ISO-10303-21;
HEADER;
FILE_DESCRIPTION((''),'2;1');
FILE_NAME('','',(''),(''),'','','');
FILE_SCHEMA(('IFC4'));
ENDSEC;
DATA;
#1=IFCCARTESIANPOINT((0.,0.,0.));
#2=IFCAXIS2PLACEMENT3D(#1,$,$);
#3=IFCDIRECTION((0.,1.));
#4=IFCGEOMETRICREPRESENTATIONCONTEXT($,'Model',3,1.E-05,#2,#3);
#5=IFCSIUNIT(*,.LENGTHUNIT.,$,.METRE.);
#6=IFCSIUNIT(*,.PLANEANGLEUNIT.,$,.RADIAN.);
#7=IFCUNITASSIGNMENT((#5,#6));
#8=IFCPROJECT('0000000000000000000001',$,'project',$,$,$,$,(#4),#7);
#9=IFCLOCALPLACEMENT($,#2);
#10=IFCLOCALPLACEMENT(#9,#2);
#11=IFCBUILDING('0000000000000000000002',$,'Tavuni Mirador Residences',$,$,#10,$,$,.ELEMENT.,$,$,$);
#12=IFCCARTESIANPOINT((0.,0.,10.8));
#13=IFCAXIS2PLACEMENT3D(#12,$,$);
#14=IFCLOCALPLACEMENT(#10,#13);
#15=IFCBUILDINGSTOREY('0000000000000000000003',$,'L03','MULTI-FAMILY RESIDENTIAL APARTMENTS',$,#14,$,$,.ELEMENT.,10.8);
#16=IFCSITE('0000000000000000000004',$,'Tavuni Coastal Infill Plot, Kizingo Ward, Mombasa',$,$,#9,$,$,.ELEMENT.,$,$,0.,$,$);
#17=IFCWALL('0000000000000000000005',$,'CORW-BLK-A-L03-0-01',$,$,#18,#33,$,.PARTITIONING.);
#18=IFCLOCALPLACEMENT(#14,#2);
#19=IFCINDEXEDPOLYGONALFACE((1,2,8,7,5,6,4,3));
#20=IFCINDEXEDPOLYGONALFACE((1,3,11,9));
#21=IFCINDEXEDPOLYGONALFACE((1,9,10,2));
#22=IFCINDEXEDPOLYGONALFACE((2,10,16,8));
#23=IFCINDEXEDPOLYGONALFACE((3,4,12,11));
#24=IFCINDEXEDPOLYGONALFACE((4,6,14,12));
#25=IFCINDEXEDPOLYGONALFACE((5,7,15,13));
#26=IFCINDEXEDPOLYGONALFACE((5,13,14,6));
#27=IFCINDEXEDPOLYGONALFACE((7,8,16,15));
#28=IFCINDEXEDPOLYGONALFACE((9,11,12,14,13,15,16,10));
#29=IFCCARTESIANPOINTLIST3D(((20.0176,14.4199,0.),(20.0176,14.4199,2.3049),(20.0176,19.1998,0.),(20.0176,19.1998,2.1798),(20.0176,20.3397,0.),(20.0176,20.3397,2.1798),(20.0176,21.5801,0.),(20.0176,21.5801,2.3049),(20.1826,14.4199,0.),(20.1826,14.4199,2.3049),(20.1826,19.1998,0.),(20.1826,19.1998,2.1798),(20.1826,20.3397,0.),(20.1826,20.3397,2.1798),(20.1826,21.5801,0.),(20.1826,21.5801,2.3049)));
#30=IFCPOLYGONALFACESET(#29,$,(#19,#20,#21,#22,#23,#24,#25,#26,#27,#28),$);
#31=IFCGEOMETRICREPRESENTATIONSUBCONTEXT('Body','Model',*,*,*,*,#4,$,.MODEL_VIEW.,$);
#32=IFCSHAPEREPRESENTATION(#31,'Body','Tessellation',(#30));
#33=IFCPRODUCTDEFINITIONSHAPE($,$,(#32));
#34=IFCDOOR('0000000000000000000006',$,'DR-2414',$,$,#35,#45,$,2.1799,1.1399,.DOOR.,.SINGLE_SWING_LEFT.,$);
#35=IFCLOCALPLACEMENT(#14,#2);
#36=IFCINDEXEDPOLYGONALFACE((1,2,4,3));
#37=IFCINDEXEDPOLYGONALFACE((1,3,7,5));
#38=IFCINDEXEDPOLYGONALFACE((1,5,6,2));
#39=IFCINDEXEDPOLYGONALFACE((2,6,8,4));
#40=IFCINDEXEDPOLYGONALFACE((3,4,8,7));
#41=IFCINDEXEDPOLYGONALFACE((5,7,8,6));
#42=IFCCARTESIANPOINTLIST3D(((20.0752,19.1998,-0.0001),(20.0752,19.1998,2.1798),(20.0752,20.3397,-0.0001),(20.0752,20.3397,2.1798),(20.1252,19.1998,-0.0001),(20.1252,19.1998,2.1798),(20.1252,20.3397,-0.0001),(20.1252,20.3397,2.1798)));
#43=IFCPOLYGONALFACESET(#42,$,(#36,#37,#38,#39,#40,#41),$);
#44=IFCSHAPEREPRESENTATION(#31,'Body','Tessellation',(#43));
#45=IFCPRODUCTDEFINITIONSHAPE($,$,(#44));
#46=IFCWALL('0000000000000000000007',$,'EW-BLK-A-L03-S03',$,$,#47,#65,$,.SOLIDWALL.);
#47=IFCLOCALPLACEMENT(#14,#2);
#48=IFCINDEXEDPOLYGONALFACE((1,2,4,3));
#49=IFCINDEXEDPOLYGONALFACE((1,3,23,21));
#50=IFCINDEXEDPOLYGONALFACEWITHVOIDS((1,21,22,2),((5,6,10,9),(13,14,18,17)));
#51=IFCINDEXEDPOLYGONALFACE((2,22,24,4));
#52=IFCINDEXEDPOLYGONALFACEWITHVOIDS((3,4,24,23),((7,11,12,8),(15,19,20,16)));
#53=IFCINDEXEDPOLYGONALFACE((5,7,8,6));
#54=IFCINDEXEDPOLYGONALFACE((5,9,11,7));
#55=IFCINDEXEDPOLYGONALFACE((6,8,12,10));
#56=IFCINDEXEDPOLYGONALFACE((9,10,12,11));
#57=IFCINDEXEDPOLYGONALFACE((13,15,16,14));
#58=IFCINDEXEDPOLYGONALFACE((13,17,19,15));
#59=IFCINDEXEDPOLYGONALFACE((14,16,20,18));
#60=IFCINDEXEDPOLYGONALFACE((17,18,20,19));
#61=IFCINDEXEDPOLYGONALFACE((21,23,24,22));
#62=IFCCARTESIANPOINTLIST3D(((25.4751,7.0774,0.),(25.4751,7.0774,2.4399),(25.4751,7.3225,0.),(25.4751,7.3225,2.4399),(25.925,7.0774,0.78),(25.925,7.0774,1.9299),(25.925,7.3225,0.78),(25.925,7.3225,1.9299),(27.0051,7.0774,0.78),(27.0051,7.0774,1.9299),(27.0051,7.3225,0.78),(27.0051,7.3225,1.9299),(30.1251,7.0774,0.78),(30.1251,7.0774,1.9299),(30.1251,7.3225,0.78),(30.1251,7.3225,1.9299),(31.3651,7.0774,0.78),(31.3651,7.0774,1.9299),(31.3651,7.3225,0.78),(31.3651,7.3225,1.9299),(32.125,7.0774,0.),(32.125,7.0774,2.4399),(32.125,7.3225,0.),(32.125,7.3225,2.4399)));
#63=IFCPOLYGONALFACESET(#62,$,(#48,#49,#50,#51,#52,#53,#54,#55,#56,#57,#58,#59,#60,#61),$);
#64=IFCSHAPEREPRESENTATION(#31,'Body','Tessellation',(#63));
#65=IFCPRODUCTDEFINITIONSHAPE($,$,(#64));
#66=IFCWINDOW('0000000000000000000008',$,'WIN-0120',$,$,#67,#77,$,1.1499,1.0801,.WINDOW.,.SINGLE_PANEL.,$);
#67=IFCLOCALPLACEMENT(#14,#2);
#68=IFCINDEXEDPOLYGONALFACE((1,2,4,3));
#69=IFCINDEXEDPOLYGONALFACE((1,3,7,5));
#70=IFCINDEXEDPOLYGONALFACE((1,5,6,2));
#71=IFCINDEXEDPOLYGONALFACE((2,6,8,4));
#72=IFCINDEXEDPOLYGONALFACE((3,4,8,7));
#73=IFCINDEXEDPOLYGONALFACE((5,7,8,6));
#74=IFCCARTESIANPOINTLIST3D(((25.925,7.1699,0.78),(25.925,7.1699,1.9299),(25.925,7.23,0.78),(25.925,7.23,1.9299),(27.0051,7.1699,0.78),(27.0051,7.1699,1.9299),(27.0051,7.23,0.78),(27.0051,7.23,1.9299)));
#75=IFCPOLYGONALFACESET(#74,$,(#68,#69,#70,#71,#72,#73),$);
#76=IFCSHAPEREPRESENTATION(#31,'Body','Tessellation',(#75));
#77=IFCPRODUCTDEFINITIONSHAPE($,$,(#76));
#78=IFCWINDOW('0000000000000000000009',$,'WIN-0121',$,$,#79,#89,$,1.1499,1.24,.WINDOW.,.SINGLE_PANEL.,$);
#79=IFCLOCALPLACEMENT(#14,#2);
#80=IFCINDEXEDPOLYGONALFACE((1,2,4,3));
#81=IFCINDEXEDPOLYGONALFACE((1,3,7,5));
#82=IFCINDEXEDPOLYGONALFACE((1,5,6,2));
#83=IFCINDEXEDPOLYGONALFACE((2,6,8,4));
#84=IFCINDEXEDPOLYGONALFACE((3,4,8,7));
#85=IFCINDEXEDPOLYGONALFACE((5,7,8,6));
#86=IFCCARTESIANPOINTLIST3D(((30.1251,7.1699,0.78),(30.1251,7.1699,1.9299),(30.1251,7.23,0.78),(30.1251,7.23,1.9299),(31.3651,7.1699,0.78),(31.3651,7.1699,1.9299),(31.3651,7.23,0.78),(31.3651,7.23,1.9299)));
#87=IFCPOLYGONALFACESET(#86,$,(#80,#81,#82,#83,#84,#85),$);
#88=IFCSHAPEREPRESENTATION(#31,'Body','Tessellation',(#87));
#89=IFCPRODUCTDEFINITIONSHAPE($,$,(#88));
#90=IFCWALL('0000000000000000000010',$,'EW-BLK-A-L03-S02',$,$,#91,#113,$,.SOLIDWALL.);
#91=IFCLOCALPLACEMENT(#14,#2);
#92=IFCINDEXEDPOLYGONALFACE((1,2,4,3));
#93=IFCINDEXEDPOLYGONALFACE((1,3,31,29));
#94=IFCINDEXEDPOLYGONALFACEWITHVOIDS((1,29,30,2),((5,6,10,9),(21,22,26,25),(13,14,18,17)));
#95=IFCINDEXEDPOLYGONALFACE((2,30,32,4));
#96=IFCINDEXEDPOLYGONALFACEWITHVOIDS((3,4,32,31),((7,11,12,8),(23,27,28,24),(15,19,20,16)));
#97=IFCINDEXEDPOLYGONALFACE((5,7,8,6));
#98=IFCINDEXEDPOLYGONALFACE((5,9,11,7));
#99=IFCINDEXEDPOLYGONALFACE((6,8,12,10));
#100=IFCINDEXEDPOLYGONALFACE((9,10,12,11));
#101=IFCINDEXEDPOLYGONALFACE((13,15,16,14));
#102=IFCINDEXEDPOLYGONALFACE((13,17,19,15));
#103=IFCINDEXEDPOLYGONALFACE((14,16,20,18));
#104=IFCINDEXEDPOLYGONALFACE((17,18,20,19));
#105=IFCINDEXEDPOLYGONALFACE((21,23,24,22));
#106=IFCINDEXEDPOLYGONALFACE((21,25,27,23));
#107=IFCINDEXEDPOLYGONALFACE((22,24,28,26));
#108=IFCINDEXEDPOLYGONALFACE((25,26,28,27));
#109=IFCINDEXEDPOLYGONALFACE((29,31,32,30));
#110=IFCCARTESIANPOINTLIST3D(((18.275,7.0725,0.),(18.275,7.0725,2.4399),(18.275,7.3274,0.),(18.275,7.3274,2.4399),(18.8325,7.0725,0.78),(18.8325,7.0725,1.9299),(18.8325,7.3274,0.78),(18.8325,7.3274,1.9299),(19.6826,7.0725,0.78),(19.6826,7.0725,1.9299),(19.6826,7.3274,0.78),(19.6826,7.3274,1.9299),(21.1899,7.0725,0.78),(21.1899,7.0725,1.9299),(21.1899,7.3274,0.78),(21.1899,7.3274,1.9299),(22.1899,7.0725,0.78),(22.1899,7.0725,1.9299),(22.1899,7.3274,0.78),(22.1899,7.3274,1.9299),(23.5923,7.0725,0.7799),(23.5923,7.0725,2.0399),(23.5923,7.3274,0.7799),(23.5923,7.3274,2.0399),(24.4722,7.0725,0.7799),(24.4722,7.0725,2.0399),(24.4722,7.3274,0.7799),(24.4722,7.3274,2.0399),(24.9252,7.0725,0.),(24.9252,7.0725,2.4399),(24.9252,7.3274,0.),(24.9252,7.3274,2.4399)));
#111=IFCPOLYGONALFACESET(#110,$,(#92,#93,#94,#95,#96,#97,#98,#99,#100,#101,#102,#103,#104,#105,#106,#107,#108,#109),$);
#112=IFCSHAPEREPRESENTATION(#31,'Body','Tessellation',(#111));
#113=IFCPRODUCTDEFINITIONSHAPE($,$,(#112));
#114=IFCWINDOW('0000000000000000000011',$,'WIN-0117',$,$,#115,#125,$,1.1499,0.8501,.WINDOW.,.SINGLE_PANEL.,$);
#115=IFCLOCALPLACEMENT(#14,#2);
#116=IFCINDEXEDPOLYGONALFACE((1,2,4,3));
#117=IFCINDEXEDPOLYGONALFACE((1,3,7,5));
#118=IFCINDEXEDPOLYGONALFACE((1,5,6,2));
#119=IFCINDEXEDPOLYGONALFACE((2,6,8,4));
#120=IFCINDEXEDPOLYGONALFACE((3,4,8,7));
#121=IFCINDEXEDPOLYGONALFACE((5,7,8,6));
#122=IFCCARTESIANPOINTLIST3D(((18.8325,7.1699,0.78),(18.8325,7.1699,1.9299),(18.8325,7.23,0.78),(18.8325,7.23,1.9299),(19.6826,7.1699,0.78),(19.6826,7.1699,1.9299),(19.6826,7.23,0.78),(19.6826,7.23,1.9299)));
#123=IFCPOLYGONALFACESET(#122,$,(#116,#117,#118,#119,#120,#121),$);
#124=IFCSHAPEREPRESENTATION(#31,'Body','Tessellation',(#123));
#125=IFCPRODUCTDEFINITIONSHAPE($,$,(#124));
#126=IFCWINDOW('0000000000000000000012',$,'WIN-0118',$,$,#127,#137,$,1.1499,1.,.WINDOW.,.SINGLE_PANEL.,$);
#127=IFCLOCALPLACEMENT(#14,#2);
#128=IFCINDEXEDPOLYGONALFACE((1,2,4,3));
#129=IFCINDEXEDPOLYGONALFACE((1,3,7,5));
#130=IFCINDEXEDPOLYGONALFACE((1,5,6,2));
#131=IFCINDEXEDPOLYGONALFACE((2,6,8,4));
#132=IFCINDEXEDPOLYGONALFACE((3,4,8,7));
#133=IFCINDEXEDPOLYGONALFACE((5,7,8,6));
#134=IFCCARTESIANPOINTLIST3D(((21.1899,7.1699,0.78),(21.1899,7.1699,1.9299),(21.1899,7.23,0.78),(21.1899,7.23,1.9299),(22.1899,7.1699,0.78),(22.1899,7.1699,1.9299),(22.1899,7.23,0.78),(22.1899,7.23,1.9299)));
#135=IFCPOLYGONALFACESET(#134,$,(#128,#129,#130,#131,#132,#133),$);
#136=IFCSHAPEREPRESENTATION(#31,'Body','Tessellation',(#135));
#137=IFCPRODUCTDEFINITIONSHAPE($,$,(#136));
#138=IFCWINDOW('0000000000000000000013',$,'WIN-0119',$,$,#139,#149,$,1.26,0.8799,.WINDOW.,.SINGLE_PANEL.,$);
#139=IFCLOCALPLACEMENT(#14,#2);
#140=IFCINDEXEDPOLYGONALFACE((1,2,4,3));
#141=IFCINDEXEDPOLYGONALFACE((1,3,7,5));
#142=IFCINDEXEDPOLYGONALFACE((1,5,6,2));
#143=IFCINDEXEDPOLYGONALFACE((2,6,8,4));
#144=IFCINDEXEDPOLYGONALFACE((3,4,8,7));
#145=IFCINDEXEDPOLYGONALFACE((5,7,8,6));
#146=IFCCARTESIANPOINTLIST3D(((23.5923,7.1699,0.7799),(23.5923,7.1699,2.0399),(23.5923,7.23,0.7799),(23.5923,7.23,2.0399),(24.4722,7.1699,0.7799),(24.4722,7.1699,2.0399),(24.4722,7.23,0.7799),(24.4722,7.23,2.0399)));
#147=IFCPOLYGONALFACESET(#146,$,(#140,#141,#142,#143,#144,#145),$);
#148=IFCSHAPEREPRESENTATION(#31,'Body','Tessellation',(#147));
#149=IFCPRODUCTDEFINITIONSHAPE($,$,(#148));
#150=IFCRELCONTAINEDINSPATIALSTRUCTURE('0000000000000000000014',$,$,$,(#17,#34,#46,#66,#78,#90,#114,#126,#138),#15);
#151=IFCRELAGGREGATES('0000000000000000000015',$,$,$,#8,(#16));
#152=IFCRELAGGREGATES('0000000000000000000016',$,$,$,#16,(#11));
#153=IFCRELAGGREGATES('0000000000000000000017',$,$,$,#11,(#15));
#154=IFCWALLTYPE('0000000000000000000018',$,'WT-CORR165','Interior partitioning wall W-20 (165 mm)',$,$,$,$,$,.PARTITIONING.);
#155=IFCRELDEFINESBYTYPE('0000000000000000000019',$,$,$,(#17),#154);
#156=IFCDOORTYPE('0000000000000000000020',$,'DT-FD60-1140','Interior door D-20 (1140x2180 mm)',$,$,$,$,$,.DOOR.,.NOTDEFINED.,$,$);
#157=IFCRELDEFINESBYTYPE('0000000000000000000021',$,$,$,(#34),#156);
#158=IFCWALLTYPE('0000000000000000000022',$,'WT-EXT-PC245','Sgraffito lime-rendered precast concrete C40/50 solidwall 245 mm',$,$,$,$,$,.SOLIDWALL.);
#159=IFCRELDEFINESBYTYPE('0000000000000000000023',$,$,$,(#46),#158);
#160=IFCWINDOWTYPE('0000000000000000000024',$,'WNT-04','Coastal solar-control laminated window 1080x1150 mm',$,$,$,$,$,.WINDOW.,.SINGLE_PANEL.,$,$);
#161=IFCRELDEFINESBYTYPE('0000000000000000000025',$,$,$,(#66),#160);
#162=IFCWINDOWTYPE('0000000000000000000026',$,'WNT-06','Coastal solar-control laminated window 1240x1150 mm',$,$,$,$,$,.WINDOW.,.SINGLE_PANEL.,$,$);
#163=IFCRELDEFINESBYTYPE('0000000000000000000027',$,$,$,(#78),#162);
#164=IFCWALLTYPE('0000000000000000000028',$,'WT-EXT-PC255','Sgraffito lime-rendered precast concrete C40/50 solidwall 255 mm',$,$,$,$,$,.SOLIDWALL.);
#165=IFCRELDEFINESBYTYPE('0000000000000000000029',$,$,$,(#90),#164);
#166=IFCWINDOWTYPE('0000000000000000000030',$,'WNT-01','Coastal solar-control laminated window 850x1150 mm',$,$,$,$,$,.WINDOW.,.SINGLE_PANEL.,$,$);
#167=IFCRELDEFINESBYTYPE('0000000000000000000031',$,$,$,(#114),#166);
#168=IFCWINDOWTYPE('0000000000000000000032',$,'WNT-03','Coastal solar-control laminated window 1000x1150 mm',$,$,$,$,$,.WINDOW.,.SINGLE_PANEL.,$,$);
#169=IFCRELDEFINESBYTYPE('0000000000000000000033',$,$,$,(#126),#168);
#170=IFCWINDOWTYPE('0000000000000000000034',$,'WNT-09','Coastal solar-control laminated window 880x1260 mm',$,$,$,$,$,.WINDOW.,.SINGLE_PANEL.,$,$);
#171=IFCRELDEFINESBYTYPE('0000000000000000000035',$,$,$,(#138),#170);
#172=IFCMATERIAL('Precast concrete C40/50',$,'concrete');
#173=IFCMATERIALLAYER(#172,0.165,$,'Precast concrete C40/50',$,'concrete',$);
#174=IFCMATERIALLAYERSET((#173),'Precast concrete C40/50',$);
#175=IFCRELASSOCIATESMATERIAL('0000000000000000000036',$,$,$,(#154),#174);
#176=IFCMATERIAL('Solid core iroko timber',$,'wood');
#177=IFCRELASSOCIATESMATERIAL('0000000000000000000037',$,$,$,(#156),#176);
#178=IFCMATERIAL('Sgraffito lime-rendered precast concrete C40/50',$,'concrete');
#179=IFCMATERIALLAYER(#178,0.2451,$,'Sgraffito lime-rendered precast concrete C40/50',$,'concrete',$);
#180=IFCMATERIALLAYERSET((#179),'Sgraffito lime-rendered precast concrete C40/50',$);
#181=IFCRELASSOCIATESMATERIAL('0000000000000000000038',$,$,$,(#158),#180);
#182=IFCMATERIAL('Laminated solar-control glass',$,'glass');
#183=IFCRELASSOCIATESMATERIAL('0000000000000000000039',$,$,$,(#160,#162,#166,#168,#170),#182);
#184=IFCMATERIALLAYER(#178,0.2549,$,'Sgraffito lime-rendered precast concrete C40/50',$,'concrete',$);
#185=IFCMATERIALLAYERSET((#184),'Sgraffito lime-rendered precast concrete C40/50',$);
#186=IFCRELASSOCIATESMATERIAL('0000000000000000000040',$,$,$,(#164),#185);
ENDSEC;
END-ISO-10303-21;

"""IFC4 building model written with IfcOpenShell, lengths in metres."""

from ifc_helpers import new_model, si_unit, direction, frame, frame_2d, origin, place, context, subcontext, project, spatial, rectangle, extrude, material, layer, layer_set, type_object, element, fill, save


model = new_model("IFC4")

# Units and contexts
model_context = context("Model", 3, precision=1e-05, world=origin(), true_north=direction((0.0, 1.0)))
body_context = subcontext(model_context, "Body", "Model", "MODEL_VIEW")
ifc_project = project(units=[si_unit("LENGTHUNIT", "METRE"), si_unit("PLANEANGLEUNIT", "RADIAN")], contexts=[model_context])

# Site, building, storey
site_placement = place(None, origin())
site = spatial("IfcSite", under=ifc_project, at=site_placement, Name="Tavuni Coastal Infill Plot, Kizingo Ward, Mombasa", CompositionType="ELEMENT", RefElevation=0.0)
building_placement = place(site_placement, origin())
building = spatial("IfcBuilding", under=site, at=building_placement, Name="Tavuni Mirador Residences", CompositionType="ELEMENT")
storey_placement = place(building_placement, frame((0.0, 0.0, 10.8)))
storey = spatial("IfcBuildingStorey", under=building, at=storey_placement, Name="L03", Description="MULTI-FAMILY RESIDENTIAL APARTMENTS", CompositionType="ELEMENT", Elevation=10.8)

# Shared definitions
ifc_material_1 = material(Name="Precast concrete C40/50", Category="concrete")

# Wall, opening, door
ifc_layer_1 = layer(ifc_material_1, 0.165, Name="Precast concrete C40/50", Category="concrete")
ifc_layer_set_1 = layer_set([ifc_layer_1], Name="Precast concrete C40/50")
wall_type_1 = type_object("IfcWallType", Name="WT-CORR165", Description="Interior partitioning wall W-20 (165 mm)", PredefinedType="PARTITIONING", material=ifc_layer_set_1)
ifc_material_2 = material(Name="Solid core iroko timber", Category="wood")
wall_1_placement = place(storey_placement, frame((20.1001, 14.4199, 0.0), z_axis=(0.0, 0.0, 1.0), x_axis=(0.0, 1.0, 0.0)))
wall_1 = element("IfcWall", 1, at=wall_1_placement, inside=storey, type_object=wall_type_1, Name="CORW-BLK-A-L03-0-01", PredefinedType="PARTITIONING", context=body_context, shape_type="SweptSolid", body=[
    extrude(rectangle(XDim=7.1602, YDim=0.165, at=frame_2d((3.5801, 0.0))), origin(), (0.0, 0.0, 1.0), 2.3049),
])
opening_1_placement = place(wall_1_placement, frame((4.78, 0.0, 0.0)))
opening_1 = element("IfcOpeningElement", 2, at=opening_1_placement, cuts=wall_1, PredefinedType="OPENING", context=body_context, shape_type="SweptSolid", body=[
    extrude(rectangle(XDim=1.1399, YDim=2.1799, at=frame_2d((0.5698, 1.0898))), frame((0.0, 0.0925, 0.0), z_axis=(0.0, -1.0, 0.0), x_axis=(1.0, 0.0, 0.0)), (0.0, 0.0, 1.0), 0.1851),
])
door_type_1 = type_object("IfcDoorType", Name="DT-FD60-1140", Description="Interior door D-20 (1140x2180 mm)", OperationType="NOTDEFINED", PredefinedType="DOOR", material=ifc_material_2)
door_1_placement = place(opening_1_placement, origin())
door_1 = element("IfcDoor", 3, at=door_1_placement, inside=storey, type_object=door_type_1, Name="DR-2414", OperationType="SINGLE_SWING_LEFT", OverallHeight=2.1799, OverallWidth=1.1399, PredefinedType="DOOR", context=body_context, shape_type="SweptSolid", body=[
    extrude(rectangle(XDim=1.1399, YDim=2.1799, at=frame_2d((0.5698, 1.0898))), frame((0.0, 0.0249, 0.0), z_axis=(0.0, -1.0, 0.0), x_axis=(1.0, 0.0, 0.0)), (0.0, 0.0, 1.0), 0.05),
])
fill(opening_1, door_1)

# Walls, openings, windows
ifc_material_3 = material(Name="Sgraffito lime-rendered precast concrete C40/50", Category="concrete")
ifc_layer_2 = layer(ifc_material_3, 0.2451, Name="Sgraffito lime-rendered precast concrete C40/50", Category="concrete")
ifc_layer_set_2 = layer_set([ifc_layer_2], Name="Sgraffito lime-rendered precast concrete C40/50")
wall_type_2 = type_object("IfcWallType", Name="WT-EXT-PC245", Description="Sgraffito lime-rendered precast concrete C40/50 solidwall 245 mm", PredefinedType="SOLIDWALL", material=ifc_layer_set_2)
wall_2_placement = place(storey_placement, frame((25.4751, 7.2, 0.0), z_axis=(0.0, 0.0, 1.0), x_axis=(1.0, 0.0, 0.0)))
wall_2 = element("IfcWall", 4, at=wall_2_placement, inside=storey, type_object=wall_type_2, Name="EW-BLK-A-L03-S03", PredefinedType="SOLIDWALL", context=body_context, shape_type="SweptSolid", body=[
    extrude(rectangle(XDim=6.6499, YDim=0.2451, at=frame_2d((3.325, 0.0))), origin(), (0.0, 0.0, 1.0), 2.4399),
])
opening_2_placement = place(wall_2_placement, frame((0.45, 0.0, 0.78)))
opening_2 = element("IfcOpeningElement", 5, at=opening_2_placement, cuts=wall_2, PredefinedType="OPENING", context=body_context, shape_type="SweptSolid", body=[
    extrude(rectangle(XDim=1.0801, YDim=1.1499, at=frame_2d((0.54, 0.575))), frame((0.0, 0.1326, 0.0), z_axis=(0.0, -1.0, 0.0), x_axis=(1.0, 0.0, 0.0)), (0.0, 0.0, 1.0), 0.2651),
])
opening_3_placement = place(wall_2_placement, frame((4.6499, 0.0, 0.78)))
opening_3 = element("IfcOpeningElement", 6, at=opening_3_placement, cuts=wall_2, PredefinedType="OPENING", context=body_context, shape_type="SweptSolid", body=[
    extrude(rectangle(XDim=1.24, YDim=1.1499, at=frame_2d((0.6201, 0.575))), frame((0.0, 0.1326, 0.0), z_axis=(0.0, -1.0, 0.0), x_axis=(1.0, 0.0, 0.0)), (0.0, 0.0, 1.0), 0.2651),
])
ifc_material_4 = material(Name="Laminated solar-control glass", Category="glass")
window_type_1 = type_object("IfcWindowType", Name="WNT-04", Description="Coastal solar-control laminated window 1080x1150 mm", PartitioningType="SINGLE_PANEL", PredefinedType="WINDOW", material=ifc_material_4)
window_1_placement = place(opening_2_placement, origin())
window_1 = element("IfcWindow", 7, at=window_1_placement, inside=storey, type_object=window_type_1, Name="WIN-0120", OverallHeight=1.1499, OverallWidth=1.0801, PartitioningType="SINGLE_PANEL", PredefinedType="WINDOW", context=body_context, shape_type="SweptSolid", body=[
    extrude(rectangle(XDim=1.0801, YDim=1.1499, at=frame_2d((0.54, 0.575))), frame((0.0, 0.03, 0.0), z_axis=(0.0, -1.0, 0.0), x_axis=(1.0, 0.0, 0.0)), (0.0, 0.0, 1.0), 0.0601),
])
fill(opening_2, window_1)
window_type_2 = type_object("IfcWindowType", Name="WNT-06", Description="Coastal solar-control laminated window 1240x1150 mm", PartitioningType="SINGLE_PANEL", PredefinedType="WINDOW", material=ifc_material_4)
window_2_placement = place(opening_3_placement, origin())
window_2 = element("IfcWindow", 8, at=window_2_placement, inside=storey, type_object=window_type_2, Name="WIN-0121", OverallHeight=1.1499, OverallWidth=1.24, PartitioningType="SINGLE_PANEL", PredefinedType="WINDOW", context=body_context, shape_type="SweptSolid", body=[
    extrude(rectangle(XDim=1.24, YDim=1.1499, at=frame_2d((0.6201, 0.575))), frame((0.0, 0.03, 0.0), z_axis=(0.0, -1.0, 0.0), x_axis=(1.0, 0.0, 0.0)), (0.0, 0.0, 1.0), 0.0601),
])
fill(opening_3, window_2)
ifc_layer_3 = layer(ifc_material_3, 0.2549, Name="Sgraffito lime-rendered precast concrete C40/50", Category="concrete")
ifc_layer_set_3 = layer_set([ifc_layer_3], Name="Sgraffito lime-rendered precast concrete C40/50")
wall_type_3 = type_object("IfcWallType", Name="WT-EXT-PC255", Description="Sgraffito lime-rendered precast concrete C40/50 solidwall 255 mm", PredefinedType="SOLIDWALL", material=ifc_layer_set_3)
wall_3_placement = place(storey_placement, frame((18.2749, 7.2, 0.0), z_axis=(0.0, 0.0, 1.0), x_axis=(1.0, 0.0, 0.0)))
wall_3 = element("IfcWall", 9, at=wall_3_placement, inside=storey, type_object=wall_type_3, Name="EW-BLK-A-L03-S02", PredefinedType="SOLIDWALL", context=body_context, shape_type="SweptSolid", body=[
    extrude(rectangle(XDim=6.6501, YDim=0.2549, at=frame_2d((3.3252, 0.0))), origin(), (0.0, 0.0, 1.0), 2.4399),
])
opening_4_placement = place(wall_3_placement, frame((0.5576, 0.0, 0.78)))
opening_4 = element("IfcOpeningElement", 10, at=opening_4_placement, cuts=wall_3, PredefinedType="OPENING", context=body_context, shape_type="SweptSolid", body=[
    extrude(rectangle(XDim=0.8501, YDim=1.1499, at=frame_2d((0.425, 0.575))), frame((0.0, 0.1375, 0.0), z_axis=(0.0, -1.0, 0.0), x_axis=(1.0, 0.0, 0.0)), (0.0, 0.0, 1.0), 0.2749),
])
opening_5_placement = place(wall_3_placement, frame((2.915, 0.0, 0.78)))
opening_5 = element("IfcOpeningElement", 11, at=opening_5_placement, cuts=wall_3, PredefinedType="OPENING", context=body_context, shape_type="SweptSolid", body=[
    extrude(rectangle(XDim=1.0, YDim=1.1499, at=frame_2d((0.5, 0.575))), frame((0.0, 0.1375, 0.0), z_axis=(0.0, -1.0, 0.0), x_axis=(1.0, 0.0, 0.0)), (0.0, 0.0, 1.0), 0.2749),
])
opening_6_placement = place(wall_3_placement, frame((5.3174, 0.0, 0.78)))
opening_6 = element("IfcOpeningElement", 12, at=opening_6_placement, cuts=wall_3, PredefinedType="OPENING", context=body_context, shape_type="SweptSolid", body=[
    extrude(rectangle(XDim=0.8799, YDim=1.26, at=frame_2d((0.4399, 0.6299))), frame((0.0, 0.1375, 0.0), z_axis=(0.0, -1.0, 0.0), x_axis=(1.0, 0.0, 0.0)), (0.0, 0.0, 1.0), 0.2749),
])
window_type_3 = type_object("IfcWindowType", Name="WNT-01", Description="Coastal solar-control laminated window 850x1150 mm", PartitioningType="SINGLE_PANEL", PredefinedType="WINDOW", material=ifc_material_4)
window_3_placement = place(opening_4_placement, origin())
window_3 = element("IfcWindow", 13, at=window_3_placement, inside=storey, type_object=window_type_3, Name="WIN-0117", OverallHeight=1.1499, OverallWidth=0.8501, PartitioningType="SINGLE_PANEL", PredefinedType="WINDOW", context=body_context, shape_type="SweptSolid", body=[
    extrude(rectangle(XDim=0.8501, YDim=1.1499, at=frame_2d((0.425, 0.575))), frame((0.0, 0.03, 0.0), z_axis=(0.0, -1.0, 0.0), x_axis=(1.0, 0.0, 0.0)), (0.0, 0.0, 1.0), 0.0601),
])
fill(opening_4, window_3)
window_type_4 = type_object("IfcWindowType", Name="WNT-03", Description="Coastal solar-control laminated window 1000x1150 mm", PartitioningType="SINGLE_PANEL", PredefinedType="WINDOW", material=ifc_material_4)
window_4_placement = place(opening_5_placement, origin())
window_4 = element("IfcWindow", 14, at=window_4_placement, inside=storey, type_object=window_type_4, Name="WIN-0118", OverallHeight=1.1499, OverallWidth=1.0, PartitioningType="SINGLE_PANEL", PredefinedType="WINDOW", context=body_context, shape_type="SweptSolid", body=[
    extrude(rectangle(XDim=1.0, YDim=1.1499, at=frame_2d((0.5, 0.575))), frame((0.0, 0.03, 0.0), z_axis=(0.0, -1.0, 0.0), x_axis=(1.0, 0.0, 0.0)), (0.0, 0.0, 1.0), 0.0601),
])
fill(opening_5, window_4)
window_type_5 = type_object("IfcWindowType", Name="WNT-09", Description="Coastal solar-control laminated window 880x1260 mm", PartitioningType="SINGLE_PANEL", PredefinedType="WINDOW", material=ifc_material_4)
window_5_placement = place(opening_6_placement, origin())
window_5 = element("IfcWindow", 15, at=window_5_placement, inside=storey, type_object=window_type_5, Name="WIN-0119", OverallHeight=1.26, OverallWidth=0.8799, PartitioningType="SINGLE_PANEL", PredefinedType="WINDOW", context=body_context, shape_type="SweptSolid", body=[
    extrude(rectangle(XDim=0.8799, YDim=1.26, at=frame_2d((0.4399, 0.6299))), frame((0.0, 0.03, 0.0), z_axis=(0.0, -1.0, 0.0), x_axis=(1.0, 0.0, 0.0)), (0.0, 0.0, 1.0), 0.0601),
])
fill(opening_6, window_5)

save(model, "model.ifc")
